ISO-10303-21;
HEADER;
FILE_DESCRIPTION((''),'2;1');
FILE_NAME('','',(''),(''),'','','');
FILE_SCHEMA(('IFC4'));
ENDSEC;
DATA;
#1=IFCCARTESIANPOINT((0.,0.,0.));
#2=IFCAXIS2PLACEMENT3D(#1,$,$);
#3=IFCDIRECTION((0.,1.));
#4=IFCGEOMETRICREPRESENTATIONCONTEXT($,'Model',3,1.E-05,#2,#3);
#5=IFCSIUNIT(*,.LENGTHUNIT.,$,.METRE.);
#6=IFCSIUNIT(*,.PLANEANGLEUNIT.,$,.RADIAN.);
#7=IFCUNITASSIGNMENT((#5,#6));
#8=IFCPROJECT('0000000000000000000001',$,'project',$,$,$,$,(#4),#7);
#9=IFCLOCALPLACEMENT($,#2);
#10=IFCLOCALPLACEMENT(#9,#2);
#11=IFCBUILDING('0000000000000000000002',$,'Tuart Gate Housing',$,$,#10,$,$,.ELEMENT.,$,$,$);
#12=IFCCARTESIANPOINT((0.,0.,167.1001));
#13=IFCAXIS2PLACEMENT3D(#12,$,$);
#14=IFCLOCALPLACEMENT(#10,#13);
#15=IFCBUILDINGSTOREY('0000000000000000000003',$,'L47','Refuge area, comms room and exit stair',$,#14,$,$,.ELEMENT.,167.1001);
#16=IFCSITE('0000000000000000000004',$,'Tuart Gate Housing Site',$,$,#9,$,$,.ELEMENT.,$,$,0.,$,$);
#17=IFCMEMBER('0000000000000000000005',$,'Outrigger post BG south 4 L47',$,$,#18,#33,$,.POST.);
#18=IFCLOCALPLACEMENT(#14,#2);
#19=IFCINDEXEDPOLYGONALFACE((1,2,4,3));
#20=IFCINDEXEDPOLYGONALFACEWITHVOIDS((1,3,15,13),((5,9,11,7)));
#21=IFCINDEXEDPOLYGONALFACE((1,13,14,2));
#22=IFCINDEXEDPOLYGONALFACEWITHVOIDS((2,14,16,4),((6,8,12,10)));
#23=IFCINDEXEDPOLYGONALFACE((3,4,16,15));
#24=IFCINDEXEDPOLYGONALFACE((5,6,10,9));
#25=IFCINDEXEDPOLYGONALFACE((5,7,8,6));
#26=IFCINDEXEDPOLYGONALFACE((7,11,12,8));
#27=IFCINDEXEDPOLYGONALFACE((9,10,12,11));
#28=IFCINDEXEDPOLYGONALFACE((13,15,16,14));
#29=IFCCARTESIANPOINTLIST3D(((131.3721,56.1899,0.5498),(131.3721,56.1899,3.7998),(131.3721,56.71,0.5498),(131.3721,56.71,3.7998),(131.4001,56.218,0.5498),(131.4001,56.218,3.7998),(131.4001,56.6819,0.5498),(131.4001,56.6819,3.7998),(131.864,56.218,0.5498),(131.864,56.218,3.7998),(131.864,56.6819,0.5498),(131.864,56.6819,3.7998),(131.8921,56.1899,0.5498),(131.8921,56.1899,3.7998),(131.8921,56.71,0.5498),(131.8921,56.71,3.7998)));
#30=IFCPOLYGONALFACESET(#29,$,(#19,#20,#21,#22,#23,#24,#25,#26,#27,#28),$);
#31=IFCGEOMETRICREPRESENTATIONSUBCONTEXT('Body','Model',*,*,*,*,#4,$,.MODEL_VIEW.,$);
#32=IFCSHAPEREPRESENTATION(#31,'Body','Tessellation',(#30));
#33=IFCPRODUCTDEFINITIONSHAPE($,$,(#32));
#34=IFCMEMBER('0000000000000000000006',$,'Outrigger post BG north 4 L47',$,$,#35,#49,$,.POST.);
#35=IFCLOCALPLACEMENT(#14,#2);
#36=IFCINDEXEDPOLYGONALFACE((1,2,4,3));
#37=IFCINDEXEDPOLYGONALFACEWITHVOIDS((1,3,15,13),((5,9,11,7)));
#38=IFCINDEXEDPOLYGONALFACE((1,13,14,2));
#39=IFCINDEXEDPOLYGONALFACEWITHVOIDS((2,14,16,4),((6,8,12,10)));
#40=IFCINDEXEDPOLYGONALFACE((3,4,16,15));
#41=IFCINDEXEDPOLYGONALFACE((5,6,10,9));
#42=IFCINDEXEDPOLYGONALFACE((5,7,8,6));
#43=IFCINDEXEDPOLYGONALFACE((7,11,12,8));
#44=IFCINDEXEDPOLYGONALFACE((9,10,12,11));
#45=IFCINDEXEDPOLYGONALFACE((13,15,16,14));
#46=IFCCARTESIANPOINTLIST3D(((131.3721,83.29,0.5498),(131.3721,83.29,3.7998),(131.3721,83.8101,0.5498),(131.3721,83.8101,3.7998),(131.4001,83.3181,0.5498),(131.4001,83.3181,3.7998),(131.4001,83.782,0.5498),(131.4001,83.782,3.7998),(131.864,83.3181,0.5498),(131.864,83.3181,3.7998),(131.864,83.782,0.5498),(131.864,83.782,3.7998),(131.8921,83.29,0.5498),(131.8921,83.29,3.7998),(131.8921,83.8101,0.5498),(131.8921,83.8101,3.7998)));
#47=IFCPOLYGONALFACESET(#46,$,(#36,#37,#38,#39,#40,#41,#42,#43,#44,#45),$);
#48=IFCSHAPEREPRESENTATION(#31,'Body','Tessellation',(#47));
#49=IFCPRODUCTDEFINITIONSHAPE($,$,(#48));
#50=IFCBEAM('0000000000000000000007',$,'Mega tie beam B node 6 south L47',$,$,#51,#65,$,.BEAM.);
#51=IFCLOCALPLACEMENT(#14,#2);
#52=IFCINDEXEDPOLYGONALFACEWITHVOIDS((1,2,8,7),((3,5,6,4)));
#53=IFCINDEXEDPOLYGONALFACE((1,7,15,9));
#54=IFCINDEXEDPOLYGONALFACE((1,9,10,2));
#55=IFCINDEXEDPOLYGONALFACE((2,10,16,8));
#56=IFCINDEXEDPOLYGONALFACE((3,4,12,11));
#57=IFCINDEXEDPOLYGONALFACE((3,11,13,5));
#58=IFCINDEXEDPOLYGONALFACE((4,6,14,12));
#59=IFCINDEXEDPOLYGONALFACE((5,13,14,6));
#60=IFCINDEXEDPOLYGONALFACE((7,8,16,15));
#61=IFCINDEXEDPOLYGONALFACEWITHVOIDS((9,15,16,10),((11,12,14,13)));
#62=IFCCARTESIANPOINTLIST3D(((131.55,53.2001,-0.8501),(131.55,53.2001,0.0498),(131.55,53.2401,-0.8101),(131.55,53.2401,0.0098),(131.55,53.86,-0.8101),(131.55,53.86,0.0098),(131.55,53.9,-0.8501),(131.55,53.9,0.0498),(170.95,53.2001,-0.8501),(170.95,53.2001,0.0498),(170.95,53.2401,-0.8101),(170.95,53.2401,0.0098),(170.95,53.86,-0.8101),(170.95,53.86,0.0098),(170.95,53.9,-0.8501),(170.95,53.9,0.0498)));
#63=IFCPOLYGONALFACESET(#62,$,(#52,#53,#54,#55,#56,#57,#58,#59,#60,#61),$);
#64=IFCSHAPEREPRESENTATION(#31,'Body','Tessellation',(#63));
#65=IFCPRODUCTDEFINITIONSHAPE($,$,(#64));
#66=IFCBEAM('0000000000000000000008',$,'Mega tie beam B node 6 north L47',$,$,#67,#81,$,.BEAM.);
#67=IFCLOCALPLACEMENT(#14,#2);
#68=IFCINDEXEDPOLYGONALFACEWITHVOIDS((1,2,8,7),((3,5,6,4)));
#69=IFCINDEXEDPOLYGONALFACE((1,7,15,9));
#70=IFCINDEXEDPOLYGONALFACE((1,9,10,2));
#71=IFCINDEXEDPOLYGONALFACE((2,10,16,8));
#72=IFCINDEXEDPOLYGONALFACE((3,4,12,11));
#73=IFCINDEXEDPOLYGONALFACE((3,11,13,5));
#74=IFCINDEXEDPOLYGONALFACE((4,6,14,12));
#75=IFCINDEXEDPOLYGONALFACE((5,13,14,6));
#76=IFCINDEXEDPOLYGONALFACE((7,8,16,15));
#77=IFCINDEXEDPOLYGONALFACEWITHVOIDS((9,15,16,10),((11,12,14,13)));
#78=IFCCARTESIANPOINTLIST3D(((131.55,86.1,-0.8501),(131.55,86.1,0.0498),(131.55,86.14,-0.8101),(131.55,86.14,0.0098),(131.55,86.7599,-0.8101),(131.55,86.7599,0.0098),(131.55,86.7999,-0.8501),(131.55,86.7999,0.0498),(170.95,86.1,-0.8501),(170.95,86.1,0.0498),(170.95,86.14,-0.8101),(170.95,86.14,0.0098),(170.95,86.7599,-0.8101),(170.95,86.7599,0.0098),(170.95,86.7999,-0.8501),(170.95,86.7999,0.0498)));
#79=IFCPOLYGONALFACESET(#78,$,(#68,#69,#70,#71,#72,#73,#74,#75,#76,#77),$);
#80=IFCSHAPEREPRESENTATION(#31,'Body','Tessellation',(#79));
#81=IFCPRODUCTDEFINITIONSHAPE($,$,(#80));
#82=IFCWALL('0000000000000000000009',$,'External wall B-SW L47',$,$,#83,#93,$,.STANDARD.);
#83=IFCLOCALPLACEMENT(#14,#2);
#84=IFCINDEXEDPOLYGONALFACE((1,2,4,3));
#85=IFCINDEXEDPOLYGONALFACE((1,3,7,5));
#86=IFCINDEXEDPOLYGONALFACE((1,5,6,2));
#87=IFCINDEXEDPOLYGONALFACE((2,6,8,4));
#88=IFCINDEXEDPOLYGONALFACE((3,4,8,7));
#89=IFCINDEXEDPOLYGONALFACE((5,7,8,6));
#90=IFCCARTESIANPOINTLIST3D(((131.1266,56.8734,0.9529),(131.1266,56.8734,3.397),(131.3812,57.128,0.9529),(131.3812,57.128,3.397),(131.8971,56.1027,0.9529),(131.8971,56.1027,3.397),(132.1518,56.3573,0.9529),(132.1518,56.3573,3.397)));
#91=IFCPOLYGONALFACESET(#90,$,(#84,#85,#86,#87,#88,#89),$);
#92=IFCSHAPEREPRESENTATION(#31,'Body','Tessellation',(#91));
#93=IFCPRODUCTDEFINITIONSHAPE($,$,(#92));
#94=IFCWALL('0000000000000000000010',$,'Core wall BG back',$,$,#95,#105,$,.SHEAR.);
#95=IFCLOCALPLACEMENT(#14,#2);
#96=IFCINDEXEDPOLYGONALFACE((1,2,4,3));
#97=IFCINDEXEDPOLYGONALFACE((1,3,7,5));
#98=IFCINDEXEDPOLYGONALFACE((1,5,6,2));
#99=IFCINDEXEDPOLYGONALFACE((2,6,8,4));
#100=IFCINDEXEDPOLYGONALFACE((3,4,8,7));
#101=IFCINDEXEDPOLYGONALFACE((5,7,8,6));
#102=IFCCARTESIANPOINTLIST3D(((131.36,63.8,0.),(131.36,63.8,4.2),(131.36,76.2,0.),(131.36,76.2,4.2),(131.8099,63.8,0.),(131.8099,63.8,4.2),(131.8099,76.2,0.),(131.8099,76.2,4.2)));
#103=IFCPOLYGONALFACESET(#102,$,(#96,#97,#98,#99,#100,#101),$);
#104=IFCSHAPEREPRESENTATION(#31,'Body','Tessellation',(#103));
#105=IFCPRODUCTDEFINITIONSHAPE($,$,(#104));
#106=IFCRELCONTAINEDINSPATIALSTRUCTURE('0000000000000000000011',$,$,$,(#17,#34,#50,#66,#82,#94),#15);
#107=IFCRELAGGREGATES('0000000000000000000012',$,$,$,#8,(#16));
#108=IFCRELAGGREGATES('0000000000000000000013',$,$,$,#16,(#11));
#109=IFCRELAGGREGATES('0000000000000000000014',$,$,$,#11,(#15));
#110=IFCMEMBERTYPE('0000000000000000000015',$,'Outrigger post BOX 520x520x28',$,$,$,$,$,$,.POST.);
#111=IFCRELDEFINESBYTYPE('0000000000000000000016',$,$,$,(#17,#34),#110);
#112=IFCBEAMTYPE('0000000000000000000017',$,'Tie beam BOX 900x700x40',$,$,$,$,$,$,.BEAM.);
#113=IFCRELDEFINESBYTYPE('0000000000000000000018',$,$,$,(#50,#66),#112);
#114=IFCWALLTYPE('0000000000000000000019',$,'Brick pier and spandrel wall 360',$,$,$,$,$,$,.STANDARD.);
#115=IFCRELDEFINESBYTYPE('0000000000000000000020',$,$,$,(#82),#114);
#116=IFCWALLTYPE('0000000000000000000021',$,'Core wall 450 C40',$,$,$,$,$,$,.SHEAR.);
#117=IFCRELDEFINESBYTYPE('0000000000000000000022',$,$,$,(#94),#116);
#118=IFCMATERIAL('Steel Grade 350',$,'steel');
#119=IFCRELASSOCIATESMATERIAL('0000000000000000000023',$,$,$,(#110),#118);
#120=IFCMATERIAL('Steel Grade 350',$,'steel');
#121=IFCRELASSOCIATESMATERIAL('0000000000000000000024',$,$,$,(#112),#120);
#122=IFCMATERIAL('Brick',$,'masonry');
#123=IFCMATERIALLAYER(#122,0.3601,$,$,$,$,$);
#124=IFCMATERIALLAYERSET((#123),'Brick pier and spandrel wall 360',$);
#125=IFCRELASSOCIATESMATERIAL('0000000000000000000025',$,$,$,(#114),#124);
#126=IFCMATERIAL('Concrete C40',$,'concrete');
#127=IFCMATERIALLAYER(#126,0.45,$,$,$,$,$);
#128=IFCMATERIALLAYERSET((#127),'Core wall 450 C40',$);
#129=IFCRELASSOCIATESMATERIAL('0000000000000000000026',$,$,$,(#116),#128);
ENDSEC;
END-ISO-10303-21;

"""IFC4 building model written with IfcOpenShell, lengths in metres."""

from ifc_helpers import new_model, si_unit, direction, frame, frame_2d, origin, origin_2d, place, context, subcontext, project, spatial, rectangle, hollow_rectangle, extrude, material, layer, layer_set, material_profile, profile_set, type_object, element, save


model = new_model("IFC4")

# Units and contexts
model_context = context("Model", 3, precision=1e-05, world=origin(), true_north=direction((0.0, 1.0)))
body_context = subcontext(model_context, "Body", "Model", "MODEL_VIEW")
ifc_project = project(units=[si_unit("LENGTHUNIT", "METRE"), si_unit("PLANEANGLEUNIT", "RADIAN")], contexts=[model_context])

# Site, building, storey
site_placement = place(None, origin())
site = spatial("IfcSite", under=ifc_project, at=site_placement, Name="Tuart Gate Housing Site", CompositionType="ELEMENT", RefElevation=0.0)
building_placement = place(site_placement, origin())
building = spatial("IfcBuilding", under=site, at=building_placement, Name="Tuart Gate Housing", CompositionType="ELEMENT")
storey_placement = place(building_placement, frame((0.0, 0.0, 167.1001)))
storey = spatial("IfcBuildingStorey", under=building, at=storey_placement, Name="L47", Description="Refuge area, comms room and exit stair", CompositionType="ELEMENT", Elevation=167.1001)

# Members
ifc_material_1 = material(Name="Steel Grade 350", Category="steel")
ifc_material_profile_1 = material_profile(ifc_material_1, hollow_rectangle(XDim=0.52, YDim=0.52, WallThickness=0.0281, at=origin_2d()), Name="BOX 520x520x28")
ifc_profile_set_1 = profile_set([ifc_material_profile_1], Name="Steel Grade 350")
member_type_1 = type_object("IfcMemberType", Name="Outrigger post BOX 520x520x28", PredefinedType="POST", material=ifc_profile_set_1)
for number, where, z_axis, x_axis, name in (
    (1, (131.6321, 56.45, 0.5498), (0.0, 0.0, 1.0), (1.0, 0.0, 0.0), "Outrigger post BG south 4 L47"),
    (2, (131.6321, 83.55, 0.5498), (0.0, 0.0, 1.0), (1.0, 0.0, 0.0), "Outrigger post BG north 4 L47"),
):
    element("IfcMember", number, at=place(storey_placement, frame(where, z_axis=z_axis, x_axis=x_axis)), inside=storey, type_object=member_type_1, Name=name, PredefinedType="POST", context=body_context, shape_type="SweptSolid", body=[
        extrude(hollow_rectangle(XDim=0.52, YDim=0.52, WallThickness=0.0281, at=origin_2d()), origin(), (0.0, 0.0, 1.0), 3.25),
    ])

# Beams
ifc_material_2 = material(Name="Steel Grade 350", Category="steel")
ifc_material_profile_2 = material_profile(ifc_material_2, hollow_rectangle(XDim=0.7, YDim=0.8999, WallThickness=0.04, at=origin_2d()), Name="BOX 900x700x40")
ifc_profile_set_2 = profile_set([ifc_material_profile_2], Name="Steel Grade 350")
beam_type_1 = type_object("IfcBeamType", Name="Tie beam BOX 900x700x40", PredefinedType="BEAM", material=ifc_profile_set_2)
for number, where, z_axis, x_axis, name in (
    (3, (131.55, 53.55, -0.4001), (1.0, 0.0, 0.0), (0.0, 1.0, 0.0), "Mega tie beam B node 6 south L47"),
    (4, (131.55, 86.45, -0.4001), (1.0, 0.0, 0.0), (0.0, 1.0, 0.0), "Mega tie beam B node 6 north L47"),
):
    element("IfcBeam", number, at=place(storey_placement, frame(where, z_axis=z_axis, x_axis=x_axis)), inside=storey, type_object=beam_type_1, Name=name, PredefinedType="BEAM", context=body_context, shape_type="SweptSolid", body=[
        extrude(hollow_rectangle(XDim=0.7, YDim=0.8999, WallThickness=0.04, at=origin_2d()), origin(), (0.0, 0.0, 1.0), 39.3999),
    ])

# Walls
ifc_material_3 = material(Name="Brick", Category="masonry")
ifc_layer_1 = layer(ifc_material_3, 0.3601)
ifc_layer_set_1 = layer_set([ifc_layer_1], Name="Brick pier and spandrel wall 360")
wall_type_1 = type_object("IfcWallType", Name="Brick pier and spandrel wall 360", PredefinedType="STANDARD", material=ifc_layer_set_1)
wall_1_placement = place(storey_placement, frame((131.2539, 57.0007, 0.9529), z_axis=(0.0, 0.0, 1.0), x_axis=(0.706995, -0.707219, 0.0)))
element("IfcWall", 5, at=wall_1_placement, inside=storey, type_object=wall_type_1, Name="External wall B-SW L47", PredefinedType="STANDARD", context=body_context, shape_type="SweptSolid", body=[
    extrude(rectangle(XDim=1.0898, YDim=0.3601, at=frame_2d((0.5449, 0.0))), origin(), (0.0, 0.0, 1.0), 2.4441),
])
ifc_material_4 = material(Name="Concrete C40", Category="concrete")
ifc_layer_2 = layer(ifc_material_4, 0.45)
ifc_layer_set_2 = layer_set([ifc_layer_2], Name="Core wall 450 C40")
wall_type_2 = type_object("IfcWallType", Name="Core wall 450 C40", PredefinedType="SHEAR", material=ifc_layer_set_2)
wall_2_placement = place(storey_placement, frame((131.585, 63.8, 0.0), z_axis=(0.0, 0.0, 1.0), x_axis=(0.0, 1.0, 0.0)))
element("IfcWall", 6, at=wall_2_placement, inside=storey, type_object=wall_type_2, Name="Core wall BG back", PredefinedType="SHEAR", context=body_context, shape_type="SweptSolid", body=[
    extrude(rectangle(XDim=12.3999, YDim=0.45, at=frame_2d((6.2, 0.0))), origin(), (0.0, 0.0, 1.0), 4.2),
])

save(model, "model.ifc")
